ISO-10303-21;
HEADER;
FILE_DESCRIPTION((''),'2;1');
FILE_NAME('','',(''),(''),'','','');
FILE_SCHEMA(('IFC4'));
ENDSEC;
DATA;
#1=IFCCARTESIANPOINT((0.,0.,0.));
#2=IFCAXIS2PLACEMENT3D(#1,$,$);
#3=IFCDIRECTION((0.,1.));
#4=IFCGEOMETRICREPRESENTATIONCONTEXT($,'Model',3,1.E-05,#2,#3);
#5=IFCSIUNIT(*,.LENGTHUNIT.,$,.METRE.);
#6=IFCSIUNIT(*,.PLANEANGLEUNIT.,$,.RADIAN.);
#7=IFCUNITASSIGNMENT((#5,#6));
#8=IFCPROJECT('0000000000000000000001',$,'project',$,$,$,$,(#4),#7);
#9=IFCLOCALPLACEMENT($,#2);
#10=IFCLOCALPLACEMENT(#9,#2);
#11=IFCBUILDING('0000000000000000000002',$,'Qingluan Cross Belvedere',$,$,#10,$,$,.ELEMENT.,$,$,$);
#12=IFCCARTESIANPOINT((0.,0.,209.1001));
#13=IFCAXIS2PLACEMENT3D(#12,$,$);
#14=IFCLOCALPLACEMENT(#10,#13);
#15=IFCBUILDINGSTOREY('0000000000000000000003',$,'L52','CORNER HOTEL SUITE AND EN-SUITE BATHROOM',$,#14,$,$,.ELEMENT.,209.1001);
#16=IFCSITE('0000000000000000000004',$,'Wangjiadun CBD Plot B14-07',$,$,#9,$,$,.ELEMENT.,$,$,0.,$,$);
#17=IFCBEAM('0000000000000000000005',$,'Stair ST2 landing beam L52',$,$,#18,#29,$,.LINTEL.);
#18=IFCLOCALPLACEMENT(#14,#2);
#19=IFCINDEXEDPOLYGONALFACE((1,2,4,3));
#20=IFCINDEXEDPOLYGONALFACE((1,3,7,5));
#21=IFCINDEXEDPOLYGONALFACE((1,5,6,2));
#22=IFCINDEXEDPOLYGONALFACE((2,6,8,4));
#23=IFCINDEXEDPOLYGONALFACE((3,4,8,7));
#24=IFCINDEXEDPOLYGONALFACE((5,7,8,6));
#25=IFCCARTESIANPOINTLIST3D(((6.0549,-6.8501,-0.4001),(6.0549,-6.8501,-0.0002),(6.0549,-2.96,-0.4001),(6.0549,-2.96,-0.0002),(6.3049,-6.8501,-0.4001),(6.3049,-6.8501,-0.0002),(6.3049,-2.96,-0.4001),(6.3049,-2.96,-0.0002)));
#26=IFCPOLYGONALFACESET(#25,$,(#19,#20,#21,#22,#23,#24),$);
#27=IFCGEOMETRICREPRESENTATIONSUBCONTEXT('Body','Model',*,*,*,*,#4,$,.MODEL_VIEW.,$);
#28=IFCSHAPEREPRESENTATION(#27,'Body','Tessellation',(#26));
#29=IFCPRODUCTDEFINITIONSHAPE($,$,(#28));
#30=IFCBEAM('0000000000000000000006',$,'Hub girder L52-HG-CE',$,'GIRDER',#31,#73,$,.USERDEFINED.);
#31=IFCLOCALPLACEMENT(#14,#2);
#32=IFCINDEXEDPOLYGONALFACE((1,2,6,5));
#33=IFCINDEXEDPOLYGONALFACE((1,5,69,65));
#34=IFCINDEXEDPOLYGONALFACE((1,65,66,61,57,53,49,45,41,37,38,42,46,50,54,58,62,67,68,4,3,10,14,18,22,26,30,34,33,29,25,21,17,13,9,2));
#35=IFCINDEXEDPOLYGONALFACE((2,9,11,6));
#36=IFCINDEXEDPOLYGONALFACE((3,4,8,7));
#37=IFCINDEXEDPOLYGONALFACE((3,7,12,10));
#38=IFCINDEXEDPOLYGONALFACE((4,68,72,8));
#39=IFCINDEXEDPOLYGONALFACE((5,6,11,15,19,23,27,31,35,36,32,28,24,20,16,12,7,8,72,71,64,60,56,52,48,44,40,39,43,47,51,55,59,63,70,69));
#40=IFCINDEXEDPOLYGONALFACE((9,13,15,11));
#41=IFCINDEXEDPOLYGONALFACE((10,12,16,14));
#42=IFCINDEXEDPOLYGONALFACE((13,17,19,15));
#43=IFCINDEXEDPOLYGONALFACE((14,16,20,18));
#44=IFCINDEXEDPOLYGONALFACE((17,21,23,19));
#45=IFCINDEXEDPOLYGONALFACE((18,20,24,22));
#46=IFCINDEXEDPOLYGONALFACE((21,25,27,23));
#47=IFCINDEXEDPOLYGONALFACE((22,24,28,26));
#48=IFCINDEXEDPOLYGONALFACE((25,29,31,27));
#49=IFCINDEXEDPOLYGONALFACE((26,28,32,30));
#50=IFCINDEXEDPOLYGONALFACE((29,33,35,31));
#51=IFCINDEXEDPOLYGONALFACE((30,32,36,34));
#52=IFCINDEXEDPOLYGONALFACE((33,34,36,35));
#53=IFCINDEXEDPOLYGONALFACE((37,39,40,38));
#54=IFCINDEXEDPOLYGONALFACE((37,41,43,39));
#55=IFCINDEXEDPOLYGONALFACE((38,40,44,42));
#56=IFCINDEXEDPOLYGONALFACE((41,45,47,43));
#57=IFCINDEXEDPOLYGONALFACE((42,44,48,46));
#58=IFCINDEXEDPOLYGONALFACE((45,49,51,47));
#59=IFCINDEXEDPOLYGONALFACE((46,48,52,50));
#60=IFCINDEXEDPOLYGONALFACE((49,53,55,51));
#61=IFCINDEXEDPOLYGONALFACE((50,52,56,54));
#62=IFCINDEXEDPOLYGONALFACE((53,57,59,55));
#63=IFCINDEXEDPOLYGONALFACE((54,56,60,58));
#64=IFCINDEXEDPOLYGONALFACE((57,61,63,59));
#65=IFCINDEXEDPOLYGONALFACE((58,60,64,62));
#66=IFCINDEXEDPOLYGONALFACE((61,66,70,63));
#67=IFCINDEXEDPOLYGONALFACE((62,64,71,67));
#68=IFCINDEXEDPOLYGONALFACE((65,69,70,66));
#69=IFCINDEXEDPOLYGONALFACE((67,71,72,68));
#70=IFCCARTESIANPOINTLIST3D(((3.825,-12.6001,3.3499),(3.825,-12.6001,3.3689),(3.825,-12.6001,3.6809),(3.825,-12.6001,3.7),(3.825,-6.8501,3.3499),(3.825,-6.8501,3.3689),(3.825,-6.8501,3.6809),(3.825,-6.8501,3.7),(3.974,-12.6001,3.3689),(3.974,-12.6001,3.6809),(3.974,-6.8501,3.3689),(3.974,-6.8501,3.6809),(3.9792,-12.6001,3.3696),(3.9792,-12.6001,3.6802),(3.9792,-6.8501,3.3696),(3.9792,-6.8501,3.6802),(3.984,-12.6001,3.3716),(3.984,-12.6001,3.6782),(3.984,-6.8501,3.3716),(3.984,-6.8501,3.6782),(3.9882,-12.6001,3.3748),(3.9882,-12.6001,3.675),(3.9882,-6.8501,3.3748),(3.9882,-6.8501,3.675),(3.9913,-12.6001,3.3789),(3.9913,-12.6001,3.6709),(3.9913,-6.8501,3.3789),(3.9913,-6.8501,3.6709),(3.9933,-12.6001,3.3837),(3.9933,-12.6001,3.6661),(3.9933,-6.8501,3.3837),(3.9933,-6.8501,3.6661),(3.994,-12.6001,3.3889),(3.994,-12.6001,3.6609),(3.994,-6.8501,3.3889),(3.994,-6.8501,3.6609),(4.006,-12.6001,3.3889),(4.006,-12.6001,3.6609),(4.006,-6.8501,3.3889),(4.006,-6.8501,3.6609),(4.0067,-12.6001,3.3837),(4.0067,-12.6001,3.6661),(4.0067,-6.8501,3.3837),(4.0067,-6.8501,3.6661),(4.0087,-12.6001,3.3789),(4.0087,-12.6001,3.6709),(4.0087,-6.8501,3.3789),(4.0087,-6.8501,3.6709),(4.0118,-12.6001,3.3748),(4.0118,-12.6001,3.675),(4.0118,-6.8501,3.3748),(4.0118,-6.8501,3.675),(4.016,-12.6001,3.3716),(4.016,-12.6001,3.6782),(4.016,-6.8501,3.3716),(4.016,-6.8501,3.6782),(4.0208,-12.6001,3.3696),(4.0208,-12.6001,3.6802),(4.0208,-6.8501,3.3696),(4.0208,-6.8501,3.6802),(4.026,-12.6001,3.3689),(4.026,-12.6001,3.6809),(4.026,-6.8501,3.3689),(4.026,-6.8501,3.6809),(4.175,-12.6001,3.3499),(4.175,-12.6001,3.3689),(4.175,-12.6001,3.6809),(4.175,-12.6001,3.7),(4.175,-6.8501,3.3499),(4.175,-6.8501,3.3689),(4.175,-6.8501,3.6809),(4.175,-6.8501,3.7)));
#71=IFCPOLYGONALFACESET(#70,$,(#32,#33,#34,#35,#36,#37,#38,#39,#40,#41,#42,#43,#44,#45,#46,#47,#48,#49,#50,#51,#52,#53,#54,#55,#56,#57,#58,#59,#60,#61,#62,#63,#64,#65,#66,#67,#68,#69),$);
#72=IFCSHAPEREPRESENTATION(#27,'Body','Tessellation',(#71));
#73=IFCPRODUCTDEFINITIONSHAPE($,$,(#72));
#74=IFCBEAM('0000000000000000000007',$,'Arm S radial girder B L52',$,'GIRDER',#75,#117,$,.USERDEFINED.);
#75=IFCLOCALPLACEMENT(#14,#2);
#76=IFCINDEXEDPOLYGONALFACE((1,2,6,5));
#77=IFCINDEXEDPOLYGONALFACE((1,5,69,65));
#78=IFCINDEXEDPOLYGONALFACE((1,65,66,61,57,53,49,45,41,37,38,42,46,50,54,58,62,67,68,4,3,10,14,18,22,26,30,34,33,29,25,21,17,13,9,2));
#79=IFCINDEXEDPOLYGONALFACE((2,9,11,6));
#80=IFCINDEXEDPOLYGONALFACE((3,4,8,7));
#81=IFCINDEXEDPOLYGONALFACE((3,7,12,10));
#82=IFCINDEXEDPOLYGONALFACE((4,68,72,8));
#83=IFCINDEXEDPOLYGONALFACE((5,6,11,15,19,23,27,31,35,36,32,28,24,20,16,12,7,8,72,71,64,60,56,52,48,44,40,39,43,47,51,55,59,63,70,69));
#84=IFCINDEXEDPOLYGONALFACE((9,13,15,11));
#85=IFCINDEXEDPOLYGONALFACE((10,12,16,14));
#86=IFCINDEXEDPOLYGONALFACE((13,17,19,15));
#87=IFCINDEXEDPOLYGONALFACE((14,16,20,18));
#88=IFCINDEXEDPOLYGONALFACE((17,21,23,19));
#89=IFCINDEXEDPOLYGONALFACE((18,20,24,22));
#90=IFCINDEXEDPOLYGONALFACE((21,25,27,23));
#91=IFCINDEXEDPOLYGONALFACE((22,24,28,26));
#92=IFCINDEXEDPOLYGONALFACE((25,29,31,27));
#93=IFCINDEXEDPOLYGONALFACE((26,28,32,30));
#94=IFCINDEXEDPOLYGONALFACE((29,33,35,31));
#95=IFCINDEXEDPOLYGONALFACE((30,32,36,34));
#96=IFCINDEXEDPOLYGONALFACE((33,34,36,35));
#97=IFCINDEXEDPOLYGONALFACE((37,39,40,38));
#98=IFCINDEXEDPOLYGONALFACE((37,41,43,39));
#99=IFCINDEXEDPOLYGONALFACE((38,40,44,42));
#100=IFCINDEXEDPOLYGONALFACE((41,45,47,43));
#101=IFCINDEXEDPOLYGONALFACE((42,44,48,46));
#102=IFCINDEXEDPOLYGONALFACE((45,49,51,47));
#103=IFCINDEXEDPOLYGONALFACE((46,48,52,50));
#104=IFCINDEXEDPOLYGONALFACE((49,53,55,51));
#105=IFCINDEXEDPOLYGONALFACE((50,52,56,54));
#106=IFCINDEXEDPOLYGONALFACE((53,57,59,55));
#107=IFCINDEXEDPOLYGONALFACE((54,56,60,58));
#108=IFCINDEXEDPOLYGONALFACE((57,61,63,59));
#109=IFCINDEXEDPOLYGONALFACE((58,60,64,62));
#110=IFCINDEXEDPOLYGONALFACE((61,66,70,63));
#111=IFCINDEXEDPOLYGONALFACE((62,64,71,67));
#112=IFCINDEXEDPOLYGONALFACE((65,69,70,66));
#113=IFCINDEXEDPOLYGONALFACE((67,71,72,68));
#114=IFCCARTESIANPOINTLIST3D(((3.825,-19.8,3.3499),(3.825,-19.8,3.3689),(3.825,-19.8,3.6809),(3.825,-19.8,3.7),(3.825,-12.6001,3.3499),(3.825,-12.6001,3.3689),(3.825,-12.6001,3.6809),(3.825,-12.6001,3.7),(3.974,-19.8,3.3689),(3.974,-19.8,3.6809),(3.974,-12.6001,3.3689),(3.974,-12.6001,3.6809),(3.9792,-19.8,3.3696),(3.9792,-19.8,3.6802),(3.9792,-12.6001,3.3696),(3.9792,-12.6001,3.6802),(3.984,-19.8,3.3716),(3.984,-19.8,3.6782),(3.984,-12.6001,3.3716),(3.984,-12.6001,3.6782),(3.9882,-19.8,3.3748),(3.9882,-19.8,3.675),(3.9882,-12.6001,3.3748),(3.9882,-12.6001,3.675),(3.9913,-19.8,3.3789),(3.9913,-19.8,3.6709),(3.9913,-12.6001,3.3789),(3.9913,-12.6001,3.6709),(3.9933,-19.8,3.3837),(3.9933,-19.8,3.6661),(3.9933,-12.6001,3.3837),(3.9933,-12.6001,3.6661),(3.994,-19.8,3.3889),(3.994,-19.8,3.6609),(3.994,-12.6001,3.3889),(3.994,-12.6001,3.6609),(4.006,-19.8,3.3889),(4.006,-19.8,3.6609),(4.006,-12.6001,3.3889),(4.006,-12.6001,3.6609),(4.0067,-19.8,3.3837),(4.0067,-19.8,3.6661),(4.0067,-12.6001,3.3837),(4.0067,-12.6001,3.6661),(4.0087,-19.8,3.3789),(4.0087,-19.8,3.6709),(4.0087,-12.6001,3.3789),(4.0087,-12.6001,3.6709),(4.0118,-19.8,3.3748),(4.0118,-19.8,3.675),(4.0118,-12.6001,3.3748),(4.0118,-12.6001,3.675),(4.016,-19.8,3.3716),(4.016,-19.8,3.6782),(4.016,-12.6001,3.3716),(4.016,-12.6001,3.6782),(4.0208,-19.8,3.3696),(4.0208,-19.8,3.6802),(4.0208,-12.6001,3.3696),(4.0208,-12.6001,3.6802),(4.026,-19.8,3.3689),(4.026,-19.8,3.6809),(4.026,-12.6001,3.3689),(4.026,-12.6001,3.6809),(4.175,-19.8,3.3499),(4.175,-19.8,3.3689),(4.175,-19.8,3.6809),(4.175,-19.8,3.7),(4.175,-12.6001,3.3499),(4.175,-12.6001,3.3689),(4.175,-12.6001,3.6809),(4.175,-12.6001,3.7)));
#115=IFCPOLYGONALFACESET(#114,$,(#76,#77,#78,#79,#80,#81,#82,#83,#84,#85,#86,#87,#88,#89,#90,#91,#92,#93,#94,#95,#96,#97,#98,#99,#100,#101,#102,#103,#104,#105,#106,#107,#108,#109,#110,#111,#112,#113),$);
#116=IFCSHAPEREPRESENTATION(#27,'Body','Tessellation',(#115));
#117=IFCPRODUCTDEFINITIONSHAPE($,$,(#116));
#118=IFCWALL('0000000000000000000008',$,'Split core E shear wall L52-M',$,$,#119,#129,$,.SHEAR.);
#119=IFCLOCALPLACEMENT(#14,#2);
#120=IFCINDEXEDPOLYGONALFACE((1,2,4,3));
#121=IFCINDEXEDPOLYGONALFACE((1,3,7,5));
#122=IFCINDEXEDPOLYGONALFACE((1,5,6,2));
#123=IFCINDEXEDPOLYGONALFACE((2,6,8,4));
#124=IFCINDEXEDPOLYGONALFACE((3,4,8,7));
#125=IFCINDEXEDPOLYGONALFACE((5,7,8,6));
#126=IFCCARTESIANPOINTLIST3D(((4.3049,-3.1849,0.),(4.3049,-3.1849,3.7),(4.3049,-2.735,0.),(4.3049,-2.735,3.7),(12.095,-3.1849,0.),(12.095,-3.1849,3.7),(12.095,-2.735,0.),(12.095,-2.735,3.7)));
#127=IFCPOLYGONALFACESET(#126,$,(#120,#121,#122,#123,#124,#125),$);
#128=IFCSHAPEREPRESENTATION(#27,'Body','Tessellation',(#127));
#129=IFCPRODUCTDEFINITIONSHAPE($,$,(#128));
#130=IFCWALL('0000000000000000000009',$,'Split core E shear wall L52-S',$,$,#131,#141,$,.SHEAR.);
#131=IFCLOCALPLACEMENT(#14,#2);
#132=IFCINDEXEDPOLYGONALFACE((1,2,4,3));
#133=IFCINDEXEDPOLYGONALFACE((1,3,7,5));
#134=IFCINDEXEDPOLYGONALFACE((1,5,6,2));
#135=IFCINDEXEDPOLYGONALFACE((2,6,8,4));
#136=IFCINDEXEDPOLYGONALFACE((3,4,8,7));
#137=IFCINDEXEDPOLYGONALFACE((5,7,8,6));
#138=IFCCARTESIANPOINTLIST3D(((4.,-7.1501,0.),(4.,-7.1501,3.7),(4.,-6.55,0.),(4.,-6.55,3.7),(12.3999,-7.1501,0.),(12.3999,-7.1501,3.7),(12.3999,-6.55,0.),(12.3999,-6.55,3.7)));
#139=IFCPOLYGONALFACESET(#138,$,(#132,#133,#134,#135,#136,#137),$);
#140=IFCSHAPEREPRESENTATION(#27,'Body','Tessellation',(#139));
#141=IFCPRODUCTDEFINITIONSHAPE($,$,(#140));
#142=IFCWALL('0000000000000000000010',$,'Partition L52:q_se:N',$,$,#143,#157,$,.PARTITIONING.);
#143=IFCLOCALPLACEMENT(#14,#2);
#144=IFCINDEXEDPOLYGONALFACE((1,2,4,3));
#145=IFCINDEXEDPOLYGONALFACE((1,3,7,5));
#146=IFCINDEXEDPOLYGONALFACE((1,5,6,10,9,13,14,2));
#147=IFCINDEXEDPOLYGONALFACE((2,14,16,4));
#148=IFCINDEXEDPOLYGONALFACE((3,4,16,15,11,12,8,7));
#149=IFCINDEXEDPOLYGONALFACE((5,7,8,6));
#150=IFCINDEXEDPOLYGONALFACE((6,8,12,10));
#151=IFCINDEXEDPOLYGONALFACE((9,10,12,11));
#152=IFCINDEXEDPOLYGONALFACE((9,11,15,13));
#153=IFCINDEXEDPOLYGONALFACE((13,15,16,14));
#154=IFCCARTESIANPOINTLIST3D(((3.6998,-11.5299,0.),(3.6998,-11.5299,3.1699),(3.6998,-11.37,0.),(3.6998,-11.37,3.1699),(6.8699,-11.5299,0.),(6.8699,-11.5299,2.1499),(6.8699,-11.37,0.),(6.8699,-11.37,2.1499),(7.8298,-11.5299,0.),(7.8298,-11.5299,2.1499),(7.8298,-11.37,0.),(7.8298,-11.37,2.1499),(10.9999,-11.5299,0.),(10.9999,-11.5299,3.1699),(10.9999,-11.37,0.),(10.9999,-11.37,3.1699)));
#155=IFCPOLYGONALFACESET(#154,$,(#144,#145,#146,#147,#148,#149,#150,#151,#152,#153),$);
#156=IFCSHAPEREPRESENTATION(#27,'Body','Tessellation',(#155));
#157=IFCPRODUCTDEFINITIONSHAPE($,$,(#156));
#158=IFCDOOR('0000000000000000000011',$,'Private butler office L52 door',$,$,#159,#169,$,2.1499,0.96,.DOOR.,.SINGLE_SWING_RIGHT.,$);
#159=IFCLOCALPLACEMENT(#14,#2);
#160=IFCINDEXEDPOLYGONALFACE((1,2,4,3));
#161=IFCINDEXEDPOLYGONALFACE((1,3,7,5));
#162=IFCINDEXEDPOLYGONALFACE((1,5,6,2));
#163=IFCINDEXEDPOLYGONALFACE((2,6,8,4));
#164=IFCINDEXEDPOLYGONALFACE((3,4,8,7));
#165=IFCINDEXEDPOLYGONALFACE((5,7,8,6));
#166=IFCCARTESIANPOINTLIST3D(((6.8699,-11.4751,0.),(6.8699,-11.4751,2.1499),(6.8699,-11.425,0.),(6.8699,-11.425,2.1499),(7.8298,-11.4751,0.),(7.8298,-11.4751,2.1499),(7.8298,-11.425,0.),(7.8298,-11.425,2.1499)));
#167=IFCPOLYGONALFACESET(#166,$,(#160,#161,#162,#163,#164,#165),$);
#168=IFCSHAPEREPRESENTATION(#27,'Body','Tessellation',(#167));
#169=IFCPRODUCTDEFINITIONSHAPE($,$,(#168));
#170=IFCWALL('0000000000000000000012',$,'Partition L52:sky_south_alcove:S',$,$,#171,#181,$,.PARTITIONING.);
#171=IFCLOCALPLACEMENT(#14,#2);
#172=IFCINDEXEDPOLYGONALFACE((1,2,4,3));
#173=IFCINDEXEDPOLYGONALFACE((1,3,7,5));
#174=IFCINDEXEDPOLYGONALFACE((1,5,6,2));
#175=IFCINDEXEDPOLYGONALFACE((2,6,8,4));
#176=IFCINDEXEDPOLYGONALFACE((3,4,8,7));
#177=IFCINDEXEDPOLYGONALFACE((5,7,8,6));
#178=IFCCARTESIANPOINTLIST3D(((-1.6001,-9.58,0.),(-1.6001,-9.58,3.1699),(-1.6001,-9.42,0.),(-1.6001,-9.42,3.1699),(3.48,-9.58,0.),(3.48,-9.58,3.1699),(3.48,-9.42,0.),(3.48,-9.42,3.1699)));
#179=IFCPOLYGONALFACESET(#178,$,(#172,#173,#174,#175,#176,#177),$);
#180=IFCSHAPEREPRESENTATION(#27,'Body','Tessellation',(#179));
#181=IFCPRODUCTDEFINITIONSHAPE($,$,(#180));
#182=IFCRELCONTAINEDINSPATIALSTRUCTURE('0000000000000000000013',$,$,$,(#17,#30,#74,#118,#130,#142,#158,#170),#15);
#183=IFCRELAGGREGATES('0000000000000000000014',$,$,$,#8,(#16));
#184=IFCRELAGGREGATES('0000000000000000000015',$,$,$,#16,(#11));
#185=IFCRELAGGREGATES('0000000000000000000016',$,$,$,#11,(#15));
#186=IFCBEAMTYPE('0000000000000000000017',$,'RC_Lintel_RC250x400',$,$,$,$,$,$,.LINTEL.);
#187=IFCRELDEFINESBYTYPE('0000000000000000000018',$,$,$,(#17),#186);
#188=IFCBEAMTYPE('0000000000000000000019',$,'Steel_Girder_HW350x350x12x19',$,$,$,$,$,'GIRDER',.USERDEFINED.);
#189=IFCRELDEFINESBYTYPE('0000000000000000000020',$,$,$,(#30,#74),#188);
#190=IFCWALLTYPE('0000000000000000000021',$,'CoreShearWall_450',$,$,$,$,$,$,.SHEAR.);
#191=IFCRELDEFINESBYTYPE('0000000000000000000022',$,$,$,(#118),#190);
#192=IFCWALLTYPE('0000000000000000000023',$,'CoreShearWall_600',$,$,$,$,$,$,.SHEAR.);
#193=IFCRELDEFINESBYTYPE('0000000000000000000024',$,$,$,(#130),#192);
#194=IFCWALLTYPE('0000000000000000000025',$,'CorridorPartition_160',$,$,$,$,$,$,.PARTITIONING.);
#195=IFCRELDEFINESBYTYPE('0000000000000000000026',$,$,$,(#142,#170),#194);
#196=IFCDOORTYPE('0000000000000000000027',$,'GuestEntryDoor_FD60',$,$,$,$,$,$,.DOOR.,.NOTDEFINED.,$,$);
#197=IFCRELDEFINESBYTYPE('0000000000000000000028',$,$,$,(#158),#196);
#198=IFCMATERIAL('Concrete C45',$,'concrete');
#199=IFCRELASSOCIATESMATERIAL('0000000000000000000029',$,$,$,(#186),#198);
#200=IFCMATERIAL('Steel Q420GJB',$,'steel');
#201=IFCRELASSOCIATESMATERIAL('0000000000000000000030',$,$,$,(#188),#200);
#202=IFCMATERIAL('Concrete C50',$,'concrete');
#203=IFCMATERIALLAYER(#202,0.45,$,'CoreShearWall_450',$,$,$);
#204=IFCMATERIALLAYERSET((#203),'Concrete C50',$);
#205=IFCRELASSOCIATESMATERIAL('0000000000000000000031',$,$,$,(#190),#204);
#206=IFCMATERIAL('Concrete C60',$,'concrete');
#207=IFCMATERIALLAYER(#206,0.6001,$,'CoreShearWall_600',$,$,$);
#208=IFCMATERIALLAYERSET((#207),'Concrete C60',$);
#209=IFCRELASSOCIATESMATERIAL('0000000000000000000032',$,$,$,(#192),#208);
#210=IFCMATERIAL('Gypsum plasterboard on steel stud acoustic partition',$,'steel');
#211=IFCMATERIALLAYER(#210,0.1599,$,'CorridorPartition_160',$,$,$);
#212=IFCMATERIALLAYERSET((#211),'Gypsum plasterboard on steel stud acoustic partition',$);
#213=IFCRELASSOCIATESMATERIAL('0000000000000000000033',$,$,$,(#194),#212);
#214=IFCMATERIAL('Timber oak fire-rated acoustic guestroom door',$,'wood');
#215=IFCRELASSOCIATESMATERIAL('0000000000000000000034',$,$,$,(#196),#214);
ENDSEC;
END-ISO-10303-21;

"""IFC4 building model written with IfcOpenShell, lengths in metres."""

from ifc_helpers import new_model, si_unit, direction, frame, frame_2d, origin, origin_2d, place, context, subcontext, project, spatial, rectangle, i_section, extrude, material, layer, layer_set, material_profile, profile_set, type_object, element, fill, save


model = new_model("IFC4")

# Units and contexts
model_context = context("Model", 3, precision=1e-05, world=origin(), true_north=direction((0.0, 1.0)))
body_context = subcontext(model_context, "Body", "Model", "MODEL_VIEW")
ifc_project = project(units=[si_unit("LENGTHUNIT", "METRE"), si_unit("PLANEANGLEUNIT", "RADIAN")], contexts=[model_context])

# Site, building, storey
site_placement = place(None, origin())
site = spatial("IfcSite", under=ifc_project, at=site_placement, Name="Wangjiadun CBD Plot B14-07", CompositionType="ELEMENT", RefElevation=0.0)
building_placement = place(site_placement, origin())
building = spatial("IfcBuilding", under=site, at=building_placement, Name="Qingluan Cross Belvedere", CompositionType="ELEMENT")
storey_placement = place(building_placement, frame((0.0, 0.0, 209.1001)))
storey = spatial("IfcBuildingStorey", under=building, at=storey_placement, Name="L52", Description="CORNER HOTEL SUITE AND EN-SUITE BATHROOM", CompositionType="ELEMENT", Elevation=209.1001)

# Beams
ifc_material_1 = material(Name="Concrete C45", Category="concrete")
ifc_material_profile_1 = material_profile(ifc_material_1, rectangle(XDim=0.25, YDim=0.3999, at=origin_2d()), Name="RC250x400")
ifc_profile_set_1 = profile_set([ifc_material_profile_1], Name="Concrete C45")
beam_type_1 = type_object("IfcBeamType", Name="RC_Lintel_RC250x400", PredefinedType="LINTEL", material=ifc_profile_set_1)
beam_1_placement = place(storey_placement, frame((6.1799, -6.8501, -0.2002), z_axis=(0.0, 1.0, 0.0), x_axis=(-1.0, 0.0, 0.0)))
element("IfcBeam", 1, at=beam_1_placement, inside=storey, type_object=beam_type_1, Name="Stair ST2 landing beam L52", PredefinedType="LINTEL", context=body_context, shape_type="SweptSolid", body=[
    extrude(rectangle(XDim=0.25, YDim=0.3999, at=origin_2d()), origin(), (0.0, 0.0, 1.0), 3.8901),
])
ifc_material_2 = material(Name="Steel Q420GJB", Category="steel")
ifc_material_profile_2 = material_profile(ifc_material_2, i_section(OverallWidth=0.3501, OverallDepth=0.3501, WebThickness=0.012, FlangeThickness=0.019, FilletRadius=0.02, at=origin_2d()), Name="HW350x350x12x19")
ifc_profile_set_2 = profile_set([ifc_material_profile_2], Name="Steel Q420GJB")
beam_type_2 = type_object("IfcBeamType", Name="Steel_Girder_HW350x350x12x19", ElementType="GIRDER", PredefinedType="USERDEFINED", material=ifc_profile_set_2)
beam_2_placement = place(storey_placement, frame((4.0, -12.6001, 3.5249), z_axis=(0.0, 1.0, 0.0), x_axis=(-1.0, 0.0, 0.0)))
element("IfcBeam", 2, at=beam_2_placement, inside=storey, type_object=beam_type_2, Name="Hub girder L52-HG-CE", ObjectType="GIRDER", PredefinedType="USERDEFINED", context=body_context, shape_type="SweptSolid", body=[
    extrude(i_section(OverallWidth=0.3501, OverallDepth=0.3501, WebThickness=0.012, FlangeThickness=0.019, FilletRadius=0.02, at=origin_2d()), origin(), (0.0, 0.0, 1.0), 5.75),
])
beam_3_placement = place(storey_placement, frame((4.0, -12.6001, 3.5249), z_axis=(0.0, -1.0, 0.0), x_axis=(1.0, 0.0, 0.0)))
element("IfcBeam", 3, at=beam_3_placement, inside=storey, type_object=beam_type_2, Name="Arm S radial girder B L52", ObjectType="GIRDER", PredefinedType="USERDEFINED", context=body_context, shape_type="SweptSolid", body=[
    extrude(i_section(OverallWidth=0.3501, OverallDepth=0.3501, WebThickness=0.012, FlangeThickness=0.019, FilletRadius=0.02, at=origin_2d()), origin(), (0.0, 0.0, 1.0), 7.2),
])

# Walls
ifc_material_3 = material(Name="Concrete C50", Category="concrete")
ifc_layer_1 = layer(ifc_material_3, 0.45, Name="CoreShearWall_450")
ifc_layer_set_1 = layer_set([ifc_layer_1], Name="Concrete C50")
wall_type_1 = type_object("IfcWallType", Name="CoreShearWall_450", PredefinedType="SHEAR", material=ifc_layer_set_1)
wall_1_placement = place(storey_placement, frame((4.3049, -2.96, 0.0), z_axis=(0.0, 0.0, 1.0), x_axis=(1.0, 0.0, 0.0)))
element("IfcWall", 4, at=wall_1_placement, inside=storey, type_object=wall_type_1, Name="Split core E shear wall L52-M", PredefinedType="SHEAR", context=body_context, shape_type="SweptSolid", body=[
    extrude(rectangle(XDim=7.79, YDim=0.45, at=frame_2d((3.895, 0.0))), origin(), (0.0, 0.0, 1.0), 3.7),
])
ifc_material_4 = material(Name="Concrete C60", Category="concrete")
ifc_layer_2 = layer(ifc_material_4, 0.6001, Name="CoreShearWall_600")
ifc_layer_set_2 = layer_set([ifc_layer_2], Name="Concrete C60")
wall_type_2 = type_object("IfcWallType", Name="CoreShearWall_600", PredefinedType="SHEAR", material=ifc_layer_set_2)
wall_2_placement = place(storey_placement, frame((4.0, -6.8501, 0.0), z_axis=(0.0, 0.0, 1.0), x_axis=(1.0, 0.0, 0.0)))
element("IfcWall", 5, at=wall_2_placement, inside=storey, type_object=wall_type_2, Name="Split core E shear wall L52-S", PredefinedType="SHEAR", context=body_context, shape_type="SweptSolid", body=[
    extrude(rectangle(XDim=8.3999, YDim=0.6001, at=frame_2d((4.2, 0.0))), origin(), (0.0, 0.0, 1.0), 3.7),
])

# Wall, opening, door
ifc_material_5 = material(Name="Gypsum plasterboard on steel stud acoustic partition", Category="steel")
ifc_layer_3 = layer(ifc_material_5, 0.1599, Name="CorridorPartition_160")
ifc_layer_set_3 = layer_set([ifc_layer_3], Name="Gypsum plasterboard on steel stud acoustic partition")
wall_type_3 = type_object("IfcWallType", Name="CorridorPartition_160", PredefinedType="PARTITIONING", material=ifc_layer_set_3)
wall_3_placement = place(storey_placement, frame((3.7, -11.45, 0.0), z_axis=(0.0, 0.0, 1.0), x_axis=(1.0, 0.0, 0.0)))
wall_3 = element("IfcWall", 6, at=wall_3_placement, inside=storey, type_object=wall_type_3, Name="Partition L52:q_se:N", PredefinedType="PARTITIONING", context=body_context, shape_type="SweptSolid", body=[
    extrude(rectangle(XDim=7.3, YDim=0.1599, at=frame_2d((3.6499, 0.0))), origin(), (0.0, 0.0, 1.0), 3.1699),
])
opening_1_placement = place(wall_3_placement, frame((3.1699, 0.0, 0.0)))
opening_1 = element("IfcOpeningElement", 7, at=opening_1_placement, cuts=wall_3, PredefinedType="OPENING", context=body_context, shape_type="SweptSolid", body=[
    extrude(rectangle(XDim=0.96, YDim=2.1499, at=frame_2d((0.48, 1.075))), frame((0.0, 0.0898, 0.0), z_axis=(0.0, -1.0, 0.0), x_axis=(1.0, 0.0, 0.0)), (0.0, 0.0, 1.0), 0.1799),
])
ifc_material_6 = material(Name="Timber oak fire-rated acoustic guestroom door", Category="wood")
door_type_1 = type_object("IfcDoorType", Name="GuestEntryDoor_FD60", OperationType="NOTDEFINED", PredefinedType="DOOR", material=ifc_material_6)
door_1_placement = place(opening_1_placement, origin())
door_1 = element("IfcDoor", 8, at=door_1_placement, inside=storey, type_object=door_type_1, Name="Private butler office L52 door", OperationType="SINGLE_SWING_RIGHT", OverallHeight=2.1499, OverallWidth=0.96, PredefinedType="DOOR", context=body_context, shape_type="SweptSolid", body=[
    extrude(rectangle(XDim=0.96, YDim=2.1499, at=frame_2d((0.48, 1.075))), frame((0.0, 0.0249, 0.0), z_axis=(0.0, -1.0, 0.0), x_axis=(1.0, 0.0, 0.0)), (0.0, 0.0, 1.0), 0.05),
])
fill(opening_1, door_1)

# Wall
wall_4_placement = place(storey_placement, frame((-1.6001, -9.5, 0.0), z_axis=(0.0, 0.0, 1.0), x_axis=(1.0, 0.0, 0.0)))
element("IfcWall", 9, at=wall_4_placement, inside=storey, type_object=wall_type_3, Name="Partition L52:sky_south_alcove:S", PredefinedType="PARTITIONING", context=body_context, shape_type="SweptSolid", body=[
    extrude(rectangle(XDim=5.0801, YDim=0.1599, at=frame_2d((2.54, 0.0))), origin(), (0.0, 0.0, 1.0), 3.1699),
])

save(model, "model.ifc")
